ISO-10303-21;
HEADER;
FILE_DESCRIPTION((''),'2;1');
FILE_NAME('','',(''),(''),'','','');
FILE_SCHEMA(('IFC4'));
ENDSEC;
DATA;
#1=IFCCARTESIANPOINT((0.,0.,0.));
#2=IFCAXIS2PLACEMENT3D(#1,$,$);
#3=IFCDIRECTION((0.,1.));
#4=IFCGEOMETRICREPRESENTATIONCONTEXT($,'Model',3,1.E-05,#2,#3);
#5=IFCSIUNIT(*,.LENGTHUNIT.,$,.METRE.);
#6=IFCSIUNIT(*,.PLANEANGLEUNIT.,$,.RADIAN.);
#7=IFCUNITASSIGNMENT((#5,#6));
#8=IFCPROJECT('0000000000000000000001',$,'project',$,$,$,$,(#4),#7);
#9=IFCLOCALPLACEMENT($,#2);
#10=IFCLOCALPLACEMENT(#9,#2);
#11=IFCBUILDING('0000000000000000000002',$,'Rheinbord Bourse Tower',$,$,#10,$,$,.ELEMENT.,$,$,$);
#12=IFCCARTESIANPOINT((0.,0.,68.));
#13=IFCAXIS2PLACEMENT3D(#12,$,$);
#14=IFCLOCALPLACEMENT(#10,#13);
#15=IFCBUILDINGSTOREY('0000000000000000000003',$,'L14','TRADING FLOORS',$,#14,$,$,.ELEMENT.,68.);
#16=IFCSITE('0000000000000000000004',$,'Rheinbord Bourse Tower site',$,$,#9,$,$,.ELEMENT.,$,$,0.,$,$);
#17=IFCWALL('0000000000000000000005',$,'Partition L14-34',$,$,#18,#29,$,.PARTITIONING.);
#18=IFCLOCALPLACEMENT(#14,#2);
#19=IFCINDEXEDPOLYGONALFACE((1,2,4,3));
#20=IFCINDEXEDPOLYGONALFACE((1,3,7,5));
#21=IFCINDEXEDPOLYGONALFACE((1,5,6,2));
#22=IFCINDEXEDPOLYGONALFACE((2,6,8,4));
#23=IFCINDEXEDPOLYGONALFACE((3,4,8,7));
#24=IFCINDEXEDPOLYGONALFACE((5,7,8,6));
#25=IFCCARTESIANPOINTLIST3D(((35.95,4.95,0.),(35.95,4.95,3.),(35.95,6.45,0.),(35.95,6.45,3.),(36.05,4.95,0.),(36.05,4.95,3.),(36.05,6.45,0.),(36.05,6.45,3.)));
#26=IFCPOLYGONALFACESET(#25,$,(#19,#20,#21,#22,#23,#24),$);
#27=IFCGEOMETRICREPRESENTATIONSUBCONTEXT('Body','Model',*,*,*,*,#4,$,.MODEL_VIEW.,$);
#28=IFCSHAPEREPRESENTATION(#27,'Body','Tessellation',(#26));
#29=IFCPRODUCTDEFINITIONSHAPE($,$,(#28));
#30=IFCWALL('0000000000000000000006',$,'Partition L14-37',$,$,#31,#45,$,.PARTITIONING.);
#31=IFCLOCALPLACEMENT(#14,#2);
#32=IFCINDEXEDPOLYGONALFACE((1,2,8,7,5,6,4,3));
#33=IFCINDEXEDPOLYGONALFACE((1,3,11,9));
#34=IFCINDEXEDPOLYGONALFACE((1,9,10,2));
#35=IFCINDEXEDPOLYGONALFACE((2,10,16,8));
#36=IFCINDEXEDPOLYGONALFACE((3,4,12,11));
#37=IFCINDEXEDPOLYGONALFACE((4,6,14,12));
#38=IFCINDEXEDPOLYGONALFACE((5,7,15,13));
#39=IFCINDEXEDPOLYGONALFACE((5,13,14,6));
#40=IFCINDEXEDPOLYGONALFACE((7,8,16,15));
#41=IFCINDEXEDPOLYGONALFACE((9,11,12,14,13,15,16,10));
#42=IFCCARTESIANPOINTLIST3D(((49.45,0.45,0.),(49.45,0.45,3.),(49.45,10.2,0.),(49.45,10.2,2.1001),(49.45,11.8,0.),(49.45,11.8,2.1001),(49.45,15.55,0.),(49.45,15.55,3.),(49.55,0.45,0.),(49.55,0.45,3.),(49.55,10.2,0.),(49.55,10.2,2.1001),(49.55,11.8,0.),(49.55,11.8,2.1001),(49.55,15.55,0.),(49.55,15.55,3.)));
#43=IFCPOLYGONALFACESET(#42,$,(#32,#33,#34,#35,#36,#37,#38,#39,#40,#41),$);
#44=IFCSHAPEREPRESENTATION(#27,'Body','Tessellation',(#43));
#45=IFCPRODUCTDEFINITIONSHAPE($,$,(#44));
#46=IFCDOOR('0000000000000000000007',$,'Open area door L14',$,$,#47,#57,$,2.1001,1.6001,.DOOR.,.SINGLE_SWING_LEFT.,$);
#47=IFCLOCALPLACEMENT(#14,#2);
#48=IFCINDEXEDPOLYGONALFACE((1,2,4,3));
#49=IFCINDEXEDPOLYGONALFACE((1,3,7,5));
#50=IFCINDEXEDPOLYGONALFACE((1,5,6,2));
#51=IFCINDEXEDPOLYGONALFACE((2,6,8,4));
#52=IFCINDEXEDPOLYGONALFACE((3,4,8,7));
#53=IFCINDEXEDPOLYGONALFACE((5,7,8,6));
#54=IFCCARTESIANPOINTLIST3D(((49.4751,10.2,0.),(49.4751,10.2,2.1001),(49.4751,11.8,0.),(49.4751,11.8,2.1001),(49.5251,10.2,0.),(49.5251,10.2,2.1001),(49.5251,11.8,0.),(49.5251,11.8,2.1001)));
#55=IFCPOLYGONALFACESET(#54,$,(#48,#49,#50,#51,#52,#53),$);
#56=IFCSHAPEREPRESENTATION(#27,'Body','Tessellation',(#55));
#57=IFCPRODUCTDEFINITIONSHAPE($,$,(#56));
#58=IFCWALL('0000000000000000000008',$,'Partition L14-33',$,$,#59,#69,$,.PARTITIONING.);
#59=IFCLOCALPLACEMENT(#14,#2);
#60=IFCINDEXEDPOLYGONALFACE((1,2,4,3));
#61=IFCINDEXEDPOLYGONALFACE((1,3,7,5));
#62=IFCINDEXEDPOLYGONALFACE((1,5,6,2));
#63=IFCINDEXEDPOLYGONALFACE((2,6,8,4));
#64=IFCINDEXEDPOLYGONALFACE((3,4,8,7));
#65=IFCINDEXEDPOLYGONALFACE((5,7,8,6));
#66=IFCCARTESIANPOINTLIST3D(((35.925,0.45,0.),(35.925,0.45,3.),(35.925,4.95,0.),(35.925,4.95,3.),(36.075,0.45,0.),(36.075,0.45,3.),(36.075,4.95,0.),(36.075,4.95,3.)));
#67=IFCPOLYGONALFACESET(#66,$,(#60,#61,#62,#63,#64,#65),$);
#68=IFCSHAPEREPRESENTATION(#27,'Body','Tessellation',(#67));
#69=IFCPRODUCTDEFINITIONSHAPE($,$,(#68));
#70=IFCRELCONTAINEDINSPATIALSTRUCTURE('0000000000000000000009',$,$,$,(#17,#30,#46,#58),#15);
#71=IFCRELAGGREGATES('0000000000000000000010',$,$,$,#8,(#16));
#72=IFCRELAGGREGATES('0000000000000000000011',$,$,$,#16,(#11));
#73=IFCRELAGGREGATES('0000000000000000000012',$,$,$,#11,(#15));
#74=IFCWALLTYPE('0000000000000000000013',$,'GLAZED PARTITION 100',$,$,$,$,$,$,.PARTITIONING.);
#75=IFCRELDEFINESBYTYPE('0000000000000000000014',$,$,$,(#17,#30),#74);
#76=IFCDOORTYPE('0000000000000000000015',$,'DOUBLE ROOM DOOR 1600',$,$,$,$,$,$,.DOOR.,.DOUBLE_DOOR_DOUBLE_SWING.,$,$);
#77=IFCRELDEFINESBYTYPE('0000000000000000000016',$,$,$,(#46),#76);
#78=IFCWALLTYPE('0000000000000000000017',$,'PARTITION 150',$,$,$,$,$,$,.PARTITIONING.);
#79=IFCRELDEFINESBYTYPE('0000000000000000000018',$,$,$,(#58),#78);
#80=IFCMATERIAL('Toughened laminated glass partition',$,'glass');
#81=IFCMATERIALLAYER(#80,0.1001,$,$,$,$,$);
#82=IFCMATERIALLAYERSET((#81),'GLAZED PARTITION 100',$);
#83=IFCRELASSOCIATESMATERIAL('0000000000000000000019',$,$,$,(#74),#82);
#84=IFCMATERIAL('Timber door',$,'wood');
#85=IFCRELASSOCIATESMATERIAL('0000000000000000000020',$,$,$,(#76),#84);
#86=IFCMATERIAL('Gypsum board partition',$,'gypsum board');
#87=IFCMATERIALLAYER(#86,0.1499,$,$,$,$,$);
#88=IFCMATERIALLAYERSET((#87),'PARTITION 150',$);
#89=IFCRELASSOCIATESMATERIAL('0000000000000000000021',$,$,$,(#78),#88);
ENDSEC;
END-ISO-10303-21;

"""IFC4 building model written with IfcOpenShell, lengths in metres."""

from ifc_helpers import new_model, si_unit, direction, frame, frame_2d, origin, place, context, subcontext, project, spatial, rectangle, extrude, material, layer, layer_set, type_object, element, fill, save


model = new_model("IFC4")

# Units and contexts
model_context = context("Model", 3, precision=1e-05, world=origin(), true_north=direction((0.0, 1.0)))
body_context = subcontext(model_context, "Body", "Model", "MODEL_VIEW")
ifc_project = project(units=[si_unit("LENGTHUNIT", "METRE"), si_unit("PLANEANGLEUNIT", "RADIAN")], contexts=[model_context])

# Site, building, storey
site_placement = place(None, origin())
site = spatial("IfcSite", under=ifc_project, at=site_placement, Name="Rheinbord Bourse Tower site", CompositionType="ELEMENT", RefElevation=0.0)
building_placement = place(site_placement, origin())
building = spatial("IfcBuilding", under=site, at=building_placement, Name="Rheinbord Bourse Tower", CompositionType="ELEMENT")
storey_placement = place(building_placement, frame((0.0, 0.0, 68.0)))
storey = spatial("IfcBuildingStorey", under=building, at=storey_placement, Name="L14", Description="TRADING FLOORS", CompositionType="ELEMENT", Elevation=68.0)

# Wall
ifc_material_1 = material(Name="Toughened laminated glass partition", Category="glass")
ifc_layer_1 = layer(ifc_material_1, 0.1001)
ifc_layer_set_1 = layer_set([ifc_layer_1], Name="GLAZED PARTITION 100")
wall_type_1 = type_object("IfcWallType", Name="GLAZED PARTITION 100", PredefinedType="PARTITIONING", material=ifc_layer_set_1)
wall_1_placement = place(storey_placement, frame((36.0, 4.95, 0.0), z_axis=(0.0, 0.0, 1.0), x_axis=(0.0, 1.0, 0.0)))
element("IfcWall", 1, at=wall_1_placement, inside=storey, type_object=wall_type_1, Name="Partition L14-34", PredefinedType="PARTITIONING", context=body_context, shape_type="SweptSolid", body=[
    extrude(rectangle(XDim=1.5, YDim=0.1001, at=frame_2d((0.75, 0.0))), origin(), (0.0, 0.0, 1.0), 3.0),
])

# Wall, opening, door
wall_2_placement = place(storey_placement, frame((49.5, 0.45, 0.0), z_axis=(0.0, 0.0, 1.0), x_axis=(0.0, 1.0, 0.0)))
wall_2 = element("IfcWall", 2, at=wall_2_placement, inside=storey, type_object=wall_type_1, Name="Partition L14-37", PredefinedType="PARTITIONING", context=body_context, shape_type="SweptSolid", body=[
    extrude(rectangle(XDim=15.1001, YDim=0.1001, at=frame_2d((7.55, 0.0))), origin(), (0.0, 0.0, 1.0), 3.0),
])
opening_placement = place(wall_2_placement, frame((9.75, 0.0, 0.0)))
opening = element("IfcOpeningElement", 3, at=opening_placement, cuts=wall_2, PredefinedType="OPENING", context=body_context, shape_type="SweptSolid", body=[
    extrude(rectangle(XDim=1.6001, YDim=2.1001, at=frame_2d((0.8, 1.05))), frame((0.0, 0.0601, 0.0), z_axis=(0.0, -1.0, 0.0), x_axis=(1.0, 0.0, 0.0)), (0.0, 0.0, 1.0), 0.1201),
])
ifc_material_2 = material(Name="Timber door", Category="wood")
door_type = type_object("IfcDoorType", Name="DOUBLE ROOM DOOR 1600", OperationType="DOUBLE_DOOR_DOUBLE_SWING", PredefinedType="DOOR", material=ifc_material_2)
door_placement = place(opening_placement, origin())
door = element("IfcDoor", 4, at=door_placement, inside=storey, type_object=door_type, Name="Open area door L14", OperationType="SINGLE_SWING_LEFT", OverallHeight=2.1001, OverallWidth=1.6001, PredefinedType="DOOR", context=body_context, shape_type="SweptSolid", body=[
    extrude(rectangle(XDim=1.6001, YDim=2.1001, at=frame_2d((0.8, 1.05))), frame((0.0, 0.0249, 0.0), z_axis=(0.0, -1.0, 0.0), x_axis=(1.0, 0.0, 0.0)), (0.0, 0.0, 1.0), 0.05),
])
fill(opening, door)

# Wall
ifc_material_3 = material(Name="Gypsum board partition", Category="gypsum board")
ifc_layer_2 = layer(ifc_material_3, 0.1499)
ifc_layer_set_2 = layer_set([ifc_layer_2], Name="PARTITION 150")
wall_type_2 = type_object("IfcWallType", Name="PARTITION 150", PredefinedType="PARTITIONING", material=ifc_layer_set_2)
wall_3_placement = place(storey_placement, frame((36.0, 0.45, 0.0), z_axis=(0.0, 0.0, 1.0), x_axis=(0.0, 1.0, 0.0)))
element("IfcWall", 5, at=wall_3_placement, inside=storey, type_object=wall_type_2, Name="Partition L14-33", PredefinedType="PARTITIONING", context=body_context, shape_type="SweptSolid", body=[
    extrude(rectangle(XDim=4.5, YDim=0.1499, at=frame_2d((2.25, 0.0))), origin(), (0.0, 0.0, 1.0), 3.0),
])

save(model, "model.ifc")
